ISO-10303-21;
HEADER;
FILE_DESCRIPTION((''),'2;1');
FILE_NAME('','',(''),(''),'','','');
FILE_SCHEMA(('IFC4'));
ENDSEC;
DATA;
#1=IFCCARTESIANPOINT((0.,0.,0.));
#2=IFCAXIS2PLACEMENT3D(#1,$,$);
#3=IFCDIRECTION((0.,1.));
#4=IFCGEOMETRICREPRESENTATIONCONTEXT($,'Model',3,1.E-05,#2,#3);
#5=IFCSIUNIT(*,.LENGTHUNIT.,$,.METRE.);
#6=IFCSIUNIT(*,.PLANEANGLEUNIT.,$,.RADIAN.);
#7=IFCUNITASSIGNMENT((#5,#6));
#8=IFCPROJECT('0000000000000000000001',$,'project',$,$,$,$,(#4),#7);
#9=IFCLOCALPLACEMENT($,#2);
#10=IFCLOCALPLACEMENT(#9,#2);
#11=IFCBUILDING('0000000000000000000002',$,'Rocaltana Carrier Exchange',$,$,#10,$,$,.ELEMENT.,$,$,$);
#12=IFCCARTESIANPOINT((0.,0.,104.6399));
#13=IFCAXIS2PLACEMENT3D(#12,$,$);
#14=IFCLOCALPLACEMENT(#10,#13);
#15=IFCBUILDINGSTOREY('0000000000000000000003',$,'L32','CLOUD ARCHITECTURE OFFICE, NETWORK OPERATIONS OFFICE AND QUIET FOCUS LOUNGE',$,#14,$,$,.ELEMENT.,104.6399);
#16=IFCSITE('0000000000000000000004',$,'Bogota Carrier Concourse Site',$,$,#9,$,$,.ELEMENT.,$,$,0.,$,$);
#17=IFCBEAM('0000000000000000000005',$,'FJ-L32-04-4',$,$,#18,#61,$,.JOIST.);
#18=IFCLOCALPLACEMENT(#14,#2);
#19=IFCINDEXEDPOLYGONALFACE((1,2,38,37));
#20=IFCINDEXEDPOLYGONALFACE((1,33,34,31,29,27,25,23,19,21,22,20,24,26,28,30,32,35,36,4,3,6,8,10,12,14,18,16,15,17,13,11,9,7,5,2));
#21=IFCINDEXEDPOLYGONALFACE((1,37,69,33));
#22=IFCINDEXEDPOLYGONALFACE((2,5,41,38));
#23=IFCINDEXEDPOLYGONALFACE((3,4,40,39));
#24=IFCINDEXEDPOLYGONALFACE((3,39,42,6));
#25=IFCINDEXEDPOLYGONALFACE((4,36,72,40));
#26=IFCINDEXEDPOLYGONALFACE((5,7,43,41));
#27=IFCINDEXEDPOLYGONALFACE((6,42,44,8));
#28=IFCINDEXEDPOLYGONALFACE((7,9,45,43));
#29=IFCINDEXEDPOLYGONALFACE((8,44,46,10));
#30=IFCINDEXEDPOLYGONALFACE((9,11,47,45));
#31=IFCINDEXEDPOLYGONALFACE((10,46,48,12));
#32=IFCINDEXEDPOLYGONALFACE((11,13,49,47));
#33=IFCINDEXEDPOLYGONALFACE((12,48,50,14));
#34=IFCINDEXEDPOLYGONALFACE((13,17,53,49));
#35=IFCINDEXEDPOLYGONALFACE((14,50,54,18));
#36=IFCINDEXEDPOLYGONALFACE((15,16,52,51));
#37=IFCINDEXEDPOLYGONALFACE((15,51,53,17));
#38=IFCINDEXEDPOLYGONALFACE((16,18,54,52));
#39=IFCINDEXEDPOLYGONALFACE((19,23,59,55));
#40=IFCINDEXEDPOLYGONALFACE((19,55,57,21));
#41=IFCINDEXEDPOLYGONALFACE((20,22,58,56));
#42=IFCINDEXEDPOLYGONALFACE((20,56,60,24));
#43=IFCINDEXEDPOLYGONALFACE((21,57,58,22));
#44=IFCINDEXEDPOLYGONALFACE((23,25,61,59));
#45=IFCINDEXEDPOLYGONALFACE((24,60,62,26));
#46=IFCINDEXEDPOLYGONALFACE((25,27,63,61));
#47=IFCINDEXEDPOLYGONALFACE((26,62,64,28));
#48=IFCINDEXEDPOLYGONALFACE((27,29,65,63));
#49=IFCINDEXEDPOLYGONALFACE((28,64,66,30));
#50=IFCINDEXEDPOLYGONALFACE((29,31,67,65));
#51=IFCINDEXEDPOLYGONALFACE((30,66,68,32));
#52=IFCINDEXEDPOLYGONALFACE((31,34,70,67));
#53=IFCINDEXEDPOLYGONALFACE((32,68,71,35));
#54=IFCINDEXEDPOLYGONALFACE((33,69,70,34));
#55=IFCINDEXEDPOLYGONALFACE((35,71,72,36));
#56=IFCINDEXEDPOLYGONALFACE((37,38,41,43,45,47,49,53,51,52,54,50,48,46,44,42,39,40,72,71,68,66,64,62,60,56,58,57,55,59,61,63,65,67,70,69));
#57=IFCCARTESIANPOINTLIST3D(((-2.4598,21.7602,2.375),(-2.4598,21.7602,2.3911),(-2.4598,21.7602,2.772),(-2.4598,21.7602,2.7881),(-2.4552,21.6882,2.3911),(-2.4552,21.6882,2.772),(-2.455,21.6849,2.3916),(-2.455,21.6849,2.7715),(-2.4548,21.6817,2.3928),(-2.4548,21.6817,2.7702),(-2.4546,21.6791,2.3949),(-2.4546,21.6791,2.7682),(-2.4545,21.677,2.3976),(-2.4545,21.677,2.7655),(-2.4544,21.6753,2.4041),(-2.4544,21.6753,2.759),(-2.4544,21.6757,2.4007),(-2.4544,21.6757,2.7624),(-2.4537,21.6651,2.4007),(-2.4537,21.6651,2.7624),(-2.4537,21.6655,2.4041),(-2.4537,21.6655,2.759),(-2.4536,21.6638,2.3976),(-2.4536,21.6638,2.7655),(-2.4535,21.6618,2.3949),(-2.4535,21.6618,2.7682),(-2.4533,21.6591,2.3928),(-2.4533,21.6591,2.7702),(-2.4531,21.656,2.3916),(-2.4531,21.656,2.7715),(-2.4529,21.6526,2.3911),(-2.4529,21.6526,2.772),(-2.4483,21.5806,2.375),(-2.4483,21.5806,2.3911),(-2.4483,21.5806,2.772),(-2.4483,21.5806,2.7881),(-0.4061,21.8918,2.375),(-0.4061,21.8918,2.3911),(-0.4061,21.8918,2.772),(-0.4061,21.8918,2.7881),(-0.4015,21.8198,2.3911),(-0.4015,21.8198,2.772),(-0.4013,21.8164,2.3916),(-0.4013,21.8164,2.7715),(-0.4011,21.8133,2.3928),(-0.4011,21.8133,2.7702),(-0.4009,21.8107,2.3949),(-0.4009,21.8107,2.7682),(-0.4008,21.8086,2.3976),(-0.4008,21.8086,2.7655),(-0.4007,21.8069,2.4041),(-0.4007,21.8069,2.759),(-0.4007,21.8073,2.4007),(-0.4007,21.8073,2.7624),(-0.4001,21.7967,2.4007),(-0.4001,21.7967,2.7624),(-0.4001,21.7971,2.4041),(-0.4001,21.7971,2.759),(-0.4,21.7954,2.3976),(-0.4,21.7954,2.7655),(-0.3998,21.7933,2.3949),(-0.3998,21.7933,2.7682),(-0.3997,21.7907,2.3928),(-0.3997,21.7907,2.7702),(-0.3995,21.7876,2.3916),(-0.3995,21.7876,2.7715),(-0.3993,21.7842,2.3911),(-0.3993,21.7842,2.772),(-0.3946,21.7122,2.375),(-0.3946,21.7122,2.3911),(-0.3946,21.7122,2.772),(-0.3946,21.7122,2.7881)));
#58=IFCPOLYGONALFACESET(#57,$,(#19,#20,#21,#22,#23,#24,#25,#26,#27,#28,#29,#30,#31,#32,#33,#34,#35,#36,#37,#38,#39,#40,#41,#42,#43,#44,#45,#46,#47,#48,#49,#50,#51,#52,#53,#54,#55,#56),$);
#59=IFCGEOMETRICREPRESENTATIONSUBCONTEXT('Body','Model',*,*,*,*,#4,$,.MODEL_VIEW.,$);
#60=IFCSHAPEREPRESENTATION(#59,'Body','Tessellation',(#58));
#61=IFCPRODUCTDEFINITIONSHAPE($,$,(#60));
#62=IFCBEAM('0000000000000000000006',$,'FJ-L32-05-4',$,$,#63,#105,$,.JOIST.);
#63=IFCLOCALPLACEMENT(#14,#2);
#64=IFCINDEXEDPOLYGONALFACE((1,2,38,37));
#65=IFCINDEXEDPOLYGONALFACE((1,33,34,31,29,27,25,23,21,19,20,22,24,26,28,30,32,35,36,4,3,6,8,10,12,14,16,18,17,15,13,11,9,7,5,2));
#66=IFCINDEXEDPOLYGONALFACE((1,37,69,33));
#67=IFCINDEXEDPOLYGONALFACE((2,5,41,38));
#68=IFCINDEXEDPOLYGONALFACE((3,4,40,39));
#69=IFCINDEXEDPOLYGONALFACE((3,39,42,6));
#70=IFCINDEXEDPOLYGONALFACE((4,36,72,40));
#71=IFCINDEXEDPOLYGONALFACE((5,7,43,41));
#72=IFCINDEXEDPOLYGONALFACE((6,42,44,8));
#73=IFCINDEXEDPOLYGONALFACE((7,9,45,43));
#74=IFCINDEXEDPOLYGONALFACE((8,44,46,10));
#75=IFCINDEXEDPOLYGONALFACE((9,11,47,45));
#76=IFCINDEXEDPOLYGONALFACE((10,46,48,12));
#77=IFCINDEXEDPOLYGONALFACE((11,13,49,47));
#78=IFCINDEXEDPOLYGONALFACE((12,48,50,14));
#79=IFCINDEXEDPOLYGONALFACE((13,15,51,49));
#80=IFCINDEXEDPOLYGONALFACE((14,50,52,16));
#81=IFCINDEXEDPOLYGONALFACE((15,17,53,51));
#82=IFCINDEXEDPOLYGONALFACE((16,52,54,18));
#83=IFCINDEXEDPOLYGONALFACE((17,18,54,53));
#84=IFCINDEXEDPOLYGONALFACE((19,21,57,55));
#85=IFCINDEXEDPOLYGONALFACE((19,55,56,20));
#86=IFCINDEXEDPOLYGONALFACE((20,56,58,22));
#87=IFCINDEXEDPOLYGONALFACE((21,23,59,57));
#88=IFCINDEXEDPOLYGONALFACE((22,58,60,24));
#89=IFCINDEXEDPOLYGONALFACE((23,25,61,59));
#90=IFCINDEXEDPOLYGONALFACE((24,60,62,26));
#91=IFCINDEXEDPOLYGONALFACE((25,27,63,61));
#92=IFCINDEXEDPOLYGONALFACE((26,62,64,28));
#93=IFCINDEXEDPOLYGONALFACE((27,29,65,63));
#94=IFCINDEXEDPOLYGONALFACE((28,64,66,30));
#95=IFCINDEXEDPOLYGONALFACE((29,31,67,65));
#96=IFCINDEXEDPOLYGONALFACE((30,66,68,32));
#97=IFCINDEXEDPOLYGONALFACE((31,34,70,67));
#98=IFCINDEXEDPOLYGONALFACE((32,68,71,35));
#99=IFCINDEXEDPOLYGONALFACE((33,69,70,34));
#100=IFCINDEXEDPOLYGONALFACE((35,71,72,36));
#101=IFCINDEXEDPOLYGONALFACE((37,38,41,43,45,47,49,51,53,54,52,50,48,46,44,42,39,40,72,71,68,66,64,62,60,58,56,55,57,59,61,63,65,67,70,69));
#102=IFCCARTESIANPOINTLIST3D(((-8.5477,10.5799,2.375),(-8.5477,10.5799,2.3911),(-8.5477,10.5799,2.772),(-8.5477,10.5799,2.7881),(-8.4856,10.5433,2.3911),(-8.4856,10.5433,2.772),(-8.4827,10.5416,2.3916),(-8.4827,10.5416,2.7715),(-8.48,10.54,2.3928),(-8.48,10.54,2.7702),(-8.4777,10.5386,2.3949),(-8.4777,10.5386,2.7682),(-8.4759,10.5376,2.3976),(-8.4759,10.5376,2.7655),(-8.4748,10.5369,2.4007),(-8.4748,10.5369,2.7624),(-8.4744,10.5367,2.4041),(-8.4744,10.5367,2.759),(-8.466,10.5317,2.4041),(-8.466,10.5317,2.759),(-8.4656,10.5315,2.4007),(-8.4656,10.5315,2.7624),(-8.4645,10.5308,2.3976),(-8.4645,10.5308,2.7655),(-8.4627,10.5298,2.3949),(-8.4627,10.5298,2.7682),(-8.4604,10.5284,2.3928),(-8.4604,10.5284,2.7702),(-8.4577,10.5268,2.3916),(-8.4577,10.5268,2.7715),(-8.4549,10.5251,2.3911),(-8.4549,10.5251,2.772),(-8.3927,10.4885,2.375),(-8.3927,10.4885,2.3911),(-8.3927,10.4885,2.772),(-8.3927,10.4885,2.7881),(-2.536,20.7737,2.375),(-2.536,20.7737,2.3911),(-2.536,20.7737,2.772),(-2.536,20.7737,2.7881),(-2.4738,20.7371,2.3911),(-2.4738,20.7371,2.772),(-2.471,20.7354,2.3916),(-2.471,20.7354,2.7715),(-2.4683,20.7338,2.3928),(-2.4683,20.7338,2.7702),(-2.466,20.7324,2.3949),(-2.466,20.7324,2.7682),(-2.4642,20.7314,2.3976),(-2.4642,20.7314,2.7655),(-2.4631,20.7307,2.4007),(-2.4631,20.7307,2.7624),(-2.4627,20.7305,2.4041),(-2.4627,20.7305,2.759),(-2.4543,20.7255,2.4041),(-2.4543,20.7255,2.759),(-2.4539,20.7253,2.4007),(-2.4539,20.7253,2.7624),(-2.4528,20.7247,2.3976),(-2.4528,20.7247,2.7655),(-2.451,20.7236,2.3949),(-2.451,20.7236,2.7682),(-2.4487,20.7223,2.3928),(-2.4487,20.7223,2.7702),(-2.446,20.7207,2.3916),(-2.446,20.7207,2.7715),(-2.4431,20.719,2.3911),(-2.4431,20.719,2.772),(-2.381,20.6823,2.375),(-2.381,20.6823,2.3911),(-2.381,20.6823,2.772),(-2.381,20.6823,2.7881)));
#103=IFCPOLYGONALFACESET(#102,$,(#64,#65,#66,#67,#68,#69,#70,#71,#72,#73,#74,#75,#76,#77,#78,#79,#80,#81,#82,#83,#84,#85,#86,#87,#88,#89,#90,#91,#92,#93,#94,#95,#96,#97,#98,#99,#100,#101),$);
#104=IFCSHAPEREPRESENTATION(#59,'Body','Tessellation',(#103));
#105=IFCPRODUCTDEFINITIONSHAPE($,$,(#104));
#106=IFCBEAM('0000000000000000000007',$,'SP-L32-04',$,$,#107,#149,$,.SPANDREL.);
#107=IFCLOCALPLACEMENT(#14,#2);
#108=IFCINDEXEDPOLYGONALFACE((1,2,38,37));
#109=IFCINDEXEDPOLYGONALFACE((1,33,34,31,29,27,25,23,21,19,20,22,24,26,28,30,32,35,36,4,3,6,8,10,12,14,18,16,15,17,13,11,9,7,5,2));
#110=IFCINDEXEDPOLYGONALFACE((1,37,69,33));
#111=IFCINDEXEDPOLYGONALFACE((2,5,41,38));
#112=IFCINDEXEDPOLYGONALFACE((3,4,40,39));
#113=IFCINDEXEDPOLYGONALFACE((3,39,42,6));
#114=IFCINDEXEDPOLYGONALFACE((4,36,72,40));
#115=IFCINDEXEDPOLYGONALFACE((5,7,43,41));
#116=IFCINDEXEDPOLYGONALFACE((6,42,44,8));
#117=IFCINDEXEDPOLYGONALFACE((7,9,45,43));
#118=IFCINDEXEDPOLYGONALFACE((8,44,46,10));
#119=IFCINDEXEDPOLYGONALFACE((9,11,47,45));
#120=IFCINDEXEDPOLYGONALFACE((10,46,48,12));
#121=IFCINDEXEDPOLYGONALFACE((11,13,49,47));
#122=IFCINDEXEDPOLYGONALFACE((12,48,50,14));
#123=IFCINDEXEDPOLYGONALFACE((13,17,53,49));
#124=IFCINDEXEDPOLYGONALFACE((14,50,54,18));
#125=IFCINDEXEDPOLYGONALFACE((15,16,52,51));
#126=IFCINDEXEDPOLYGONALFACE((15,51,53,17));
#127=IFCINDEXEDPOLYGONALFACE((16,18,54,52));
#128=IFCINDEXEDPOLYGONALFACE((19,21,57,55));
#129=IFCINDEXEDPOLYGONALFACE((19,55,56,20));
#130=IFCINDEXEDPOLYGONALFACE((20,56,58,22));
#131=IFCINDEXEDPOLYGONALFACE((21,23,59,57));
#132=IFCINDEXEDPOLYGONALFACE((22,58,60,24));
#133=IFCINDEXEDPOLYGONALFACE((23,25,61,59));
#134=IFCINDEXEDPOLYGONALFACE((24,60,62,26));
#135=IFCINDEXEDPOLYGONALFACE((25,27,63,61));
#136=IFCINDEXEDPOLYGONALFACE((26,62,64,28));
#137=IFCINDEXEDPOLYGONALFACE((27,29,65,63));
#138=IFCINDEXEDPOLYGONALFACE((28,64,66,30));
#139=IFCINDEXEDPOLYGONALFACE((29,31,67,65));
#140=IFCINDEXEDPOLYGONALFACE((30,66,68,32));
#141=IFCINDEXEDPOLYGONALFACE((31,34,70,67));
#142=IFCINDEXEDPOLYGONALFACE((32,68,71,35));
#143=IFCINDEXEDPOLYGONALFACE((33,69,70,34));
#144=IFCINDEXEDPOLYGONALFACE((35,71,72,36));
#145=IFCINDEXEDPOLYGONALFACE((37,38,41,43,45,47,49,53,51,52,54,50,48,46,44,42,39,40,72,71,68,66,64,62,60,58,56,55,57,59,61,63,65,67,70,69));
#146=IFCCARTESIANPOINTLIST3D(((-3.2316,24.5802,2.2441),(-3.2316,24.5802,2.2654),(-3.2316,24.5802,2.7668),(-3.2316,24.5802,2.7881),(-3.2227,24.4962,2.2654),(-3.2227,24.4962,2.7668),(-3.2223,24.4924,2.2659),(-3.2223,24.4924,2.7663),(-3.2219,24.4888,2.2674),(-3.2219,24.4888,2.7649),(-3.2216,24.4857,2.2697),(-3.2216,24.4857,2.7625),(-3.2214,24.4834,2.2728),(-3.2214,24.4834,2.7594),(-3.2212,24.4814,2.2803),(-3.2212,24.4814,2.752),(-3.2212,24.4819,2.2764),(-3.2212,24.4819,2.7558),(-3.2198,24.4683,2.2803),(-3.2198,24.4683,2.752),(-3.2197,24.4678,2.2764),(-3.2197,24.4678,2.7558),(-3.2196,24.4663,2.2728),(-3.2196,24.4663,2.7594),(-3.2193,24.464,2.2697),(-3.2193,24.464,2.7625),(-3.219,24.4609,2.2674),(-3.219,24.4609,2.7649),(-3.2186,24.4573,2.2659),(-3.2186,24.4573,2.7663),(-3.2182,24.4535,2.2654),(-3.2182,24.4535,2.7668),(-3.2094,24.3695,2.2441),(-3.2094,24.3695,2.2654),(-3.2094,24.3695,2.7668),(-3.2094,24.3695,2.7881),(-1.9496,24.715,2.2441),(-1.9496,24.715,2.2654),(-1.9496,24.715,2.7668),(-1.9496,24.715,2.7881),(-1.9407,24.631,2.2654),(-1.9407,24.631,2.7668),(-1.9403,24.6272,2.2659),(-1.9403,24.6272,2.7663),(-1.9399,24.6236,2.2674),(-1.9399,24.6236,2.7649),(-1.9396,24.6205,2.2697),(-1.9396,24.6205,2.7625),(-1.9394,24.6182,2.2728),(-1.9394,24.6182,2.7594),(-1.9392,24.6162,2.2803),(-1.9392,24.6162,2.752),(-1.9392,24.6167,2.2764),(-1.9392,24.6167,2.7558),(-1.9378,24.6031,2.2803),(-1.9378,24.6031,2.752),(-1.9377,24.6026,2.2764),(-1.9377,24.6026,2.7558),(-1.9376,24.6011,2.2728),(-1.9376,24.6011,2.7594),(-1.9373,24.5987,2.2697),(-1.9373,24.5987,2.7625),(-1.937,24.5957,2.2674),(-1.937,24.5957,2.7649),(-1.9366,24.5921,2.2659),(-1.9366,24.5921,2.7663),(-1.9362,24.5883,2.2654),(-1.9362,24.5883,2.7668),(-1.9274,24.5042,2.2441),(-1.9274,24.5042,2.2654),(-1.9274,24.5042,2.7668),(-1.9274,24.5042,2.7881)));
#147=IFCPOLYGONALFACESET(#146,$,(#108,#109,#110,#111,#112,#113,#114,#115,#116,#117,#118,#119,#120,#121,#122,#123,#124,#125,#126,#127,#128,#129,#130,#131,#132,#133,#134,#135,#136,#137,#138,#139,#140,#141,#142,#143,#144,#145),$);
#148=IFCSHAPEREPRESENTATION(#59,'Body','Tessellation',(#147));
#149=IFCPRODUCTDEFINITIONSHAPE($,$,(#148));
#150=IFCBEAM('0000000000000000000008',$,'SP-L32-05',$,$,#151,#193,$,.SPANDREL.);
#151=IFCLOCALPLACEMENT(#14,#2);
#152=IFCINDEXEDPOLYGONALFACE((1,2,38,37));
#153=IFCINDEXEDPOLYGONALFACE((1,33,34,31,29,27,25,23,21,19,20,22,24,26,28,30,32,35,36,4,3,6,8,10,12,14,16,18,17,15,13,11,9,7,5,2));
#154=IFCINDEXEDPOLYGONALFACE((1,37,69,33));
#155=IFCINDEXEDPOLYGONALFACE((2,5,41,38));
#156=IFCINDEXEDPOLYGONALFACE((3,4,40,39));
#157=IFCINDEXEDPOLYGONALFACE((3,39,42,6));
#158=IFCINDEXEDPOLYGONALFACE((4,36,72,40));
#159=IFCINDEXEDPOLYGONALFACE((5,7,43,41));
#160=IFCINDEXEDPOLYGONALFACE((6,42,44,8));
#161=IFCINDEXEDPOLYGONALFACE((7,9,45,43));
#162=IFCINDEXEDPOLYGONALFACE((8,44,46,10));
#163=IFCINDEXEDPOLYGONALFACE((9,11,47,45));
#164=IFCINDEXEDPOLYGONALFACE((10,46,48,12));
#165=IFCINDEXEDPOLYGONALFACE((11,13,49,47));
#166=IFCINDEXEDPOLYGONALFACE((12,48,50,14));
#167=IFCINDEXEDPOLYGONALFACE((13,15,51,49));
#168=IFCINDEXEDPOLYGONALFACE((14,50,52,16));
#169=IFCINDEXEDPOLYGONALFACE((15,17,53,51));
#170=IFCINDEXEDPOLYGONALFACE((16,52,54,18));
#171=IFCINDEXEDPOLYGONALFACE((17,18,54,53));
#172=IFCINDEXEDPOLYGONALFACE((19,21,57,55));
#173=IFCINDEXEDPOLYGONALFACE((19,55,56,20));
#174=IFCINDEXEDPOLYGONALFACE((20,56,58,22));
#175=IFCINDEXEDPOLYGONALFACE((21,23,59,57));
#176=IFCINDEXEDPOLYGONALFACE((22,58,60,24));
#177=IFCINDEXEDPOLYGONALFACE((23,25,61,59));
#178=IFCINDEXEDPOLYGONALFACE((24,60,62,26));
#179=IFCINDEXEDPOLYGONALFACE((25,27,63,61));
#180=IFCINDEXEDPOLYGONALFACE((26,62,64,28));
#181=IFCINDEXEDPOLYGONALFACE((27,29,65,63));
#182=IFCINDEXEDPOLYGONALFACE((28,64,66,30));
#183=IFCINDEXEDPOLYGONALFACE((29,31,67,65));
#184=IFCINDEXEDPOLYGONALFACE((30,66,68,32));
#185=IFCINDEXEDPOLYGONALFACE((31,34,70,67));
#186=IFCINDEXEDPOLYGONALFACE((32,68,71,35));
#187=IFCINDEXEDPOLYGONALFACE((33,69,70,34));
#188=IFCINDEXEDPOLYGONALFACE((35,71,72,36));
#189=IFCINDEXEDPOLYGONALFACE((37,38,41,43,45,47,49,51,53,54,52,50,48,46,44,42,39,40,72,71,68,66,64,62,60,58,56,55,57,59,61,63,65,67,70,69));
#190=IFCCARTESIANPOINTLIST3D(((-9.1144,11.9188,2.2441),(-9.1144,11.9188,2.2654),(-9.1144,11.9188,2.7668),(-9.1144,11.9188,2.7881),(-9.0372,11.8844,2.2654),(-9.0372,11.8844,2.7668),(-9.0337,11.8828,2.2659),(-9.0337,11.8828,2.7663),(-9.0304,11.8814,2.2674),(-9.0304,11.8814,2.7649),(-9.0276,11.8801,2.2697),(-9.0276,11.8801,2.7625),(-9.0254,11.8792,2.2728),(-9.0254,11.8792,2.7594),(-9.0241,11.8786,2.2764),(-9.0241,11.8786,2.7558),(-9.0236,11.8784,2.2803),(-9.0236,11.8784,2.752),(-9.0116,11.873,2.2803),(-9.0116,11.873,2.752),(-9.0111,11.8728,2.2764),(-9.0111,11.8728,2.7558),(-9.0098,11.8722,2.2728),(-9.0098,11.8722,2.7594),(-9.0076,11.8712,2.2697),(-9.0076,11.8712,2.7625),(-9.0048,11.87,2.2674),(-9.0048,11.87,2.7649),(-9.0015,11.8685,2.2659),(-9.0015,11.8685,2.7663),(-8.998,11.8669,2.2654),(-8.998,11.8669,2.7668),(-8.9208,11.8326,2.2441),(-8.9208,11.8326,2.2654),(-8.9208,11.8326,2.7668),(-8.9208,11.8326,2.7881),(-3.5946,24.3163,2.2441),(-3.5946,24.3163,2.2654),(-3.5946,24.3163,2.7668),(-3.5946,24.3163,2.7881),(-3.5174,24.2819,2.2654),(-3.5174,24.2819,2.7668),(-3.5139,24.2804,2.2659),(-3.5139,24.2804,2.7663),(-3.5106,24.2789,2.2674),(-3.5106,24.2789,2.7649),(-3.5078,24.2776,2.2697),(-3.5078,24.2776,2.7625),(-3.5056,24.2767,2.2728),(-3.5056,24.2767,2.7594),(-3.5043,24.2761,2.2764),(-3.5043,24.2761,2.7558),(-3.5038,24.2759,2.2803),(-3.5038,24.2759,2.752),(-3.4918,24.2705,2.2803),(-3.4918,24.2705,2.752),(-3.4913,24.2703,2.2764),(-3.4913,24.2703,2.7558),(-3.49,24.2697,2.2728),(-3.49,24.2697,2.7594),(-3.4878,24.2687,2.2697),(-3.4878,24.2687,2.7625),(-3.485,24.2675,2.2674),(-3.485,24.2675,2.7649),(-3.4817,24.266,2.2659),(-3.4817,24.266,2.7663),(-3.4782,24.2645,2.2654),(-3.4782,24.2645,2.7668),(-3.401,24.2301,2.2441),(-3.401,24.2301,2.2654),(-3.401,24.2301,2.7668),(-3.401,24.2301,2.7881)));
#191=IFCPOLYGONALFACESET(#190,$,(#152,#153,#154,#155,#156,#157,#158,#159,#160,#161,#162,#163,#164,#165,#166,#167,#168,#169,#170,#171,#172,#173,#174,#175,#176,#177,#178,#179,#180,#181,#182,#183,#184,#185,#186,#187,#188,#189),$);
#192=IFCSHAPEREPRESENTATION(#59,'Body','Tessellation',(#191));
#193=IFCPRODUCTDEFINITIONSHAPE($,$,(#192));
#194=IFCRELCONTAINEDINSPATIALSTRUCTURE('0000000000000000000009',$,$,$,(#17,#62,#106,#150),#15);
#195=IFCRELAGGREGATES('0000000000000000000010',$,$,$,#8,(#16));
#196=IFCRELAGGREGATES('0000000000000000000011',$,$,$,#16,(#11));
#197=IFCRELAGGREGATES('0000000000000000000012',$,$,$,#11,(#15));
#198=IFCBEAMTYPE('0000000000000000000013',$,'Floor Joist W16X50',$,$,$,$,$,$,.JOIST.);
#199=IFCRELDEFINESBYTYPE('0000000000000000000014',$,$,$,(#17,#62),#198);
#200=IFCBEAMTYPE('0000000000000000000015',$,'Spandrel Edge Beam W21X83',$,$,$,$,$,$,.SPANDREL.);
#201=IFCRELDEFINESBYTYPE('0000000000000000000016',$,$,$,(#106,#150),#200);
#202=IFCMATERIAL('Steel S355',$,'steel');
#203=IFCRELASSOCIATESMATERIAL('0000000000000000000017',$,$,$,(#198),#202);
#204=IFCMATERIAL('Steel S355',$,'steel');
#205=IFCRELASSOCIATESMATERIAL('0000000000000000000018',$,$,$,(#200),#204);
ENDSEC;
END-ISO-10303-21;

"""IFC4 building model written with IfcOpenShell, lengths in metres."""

from ifc_helpers import new_model, si_unit, direction, frame, origin, origin_2d, place, context, subcontext, project, spatial, i_section, extrude, material, material_profile, profile_set, type_object, element, save


model = new_model("IFC4")

# Units and contexts
model_context = context("Model", 3, precision=1e-05, world=origin(), true_north=direction((0.0, 1.0)))
body_context = subcontext(model_context, "Body", "Model", "MODEL_VIEW")
ifc_project = project(units=[si_unit("LENGTHUNIT", "METRE"), si_unit("PLANEANGLEUNIT", "RADIAN")], contexts=[model_context])

# Site, building, storey
site_placement = place(None, origin())
site = spatial("IfcSite", under=ifc_project, at=site_placement, Name="Bogota Carrier Concourse Site", CompositionType="ELEMENT", RefElevation=0.0)
building_placement = place(site_placement, origin())
building = spatial("IfcBuilding", under=site, at=building_placement, Name="Rocaltana Carrier Exchange", CompositionType="ELEMENT")
storey_placement = place(building_placement, frame((0.0, 0.0, 104.6399)))
storey = spatial("IfcBuildingStorey", under=building, at=storey_placement, Name="L32", Description="CLOUD ARCHITECTURE OFFICE, NETWORK OPERATIONS OFFICE AND QUIET FOCUS LOUNGE", CompositionType="ELEMENT", Elevation=104.6399)

# Beams
ifc_material_1 = material(Name="Steel S355", Category="steel")
ifc_material_profile_1 = material_profile(ifc_material_1, i_section(OverallWidth=0.1799, OverallDepth=0.4131, WebThickness=0.0098, FlangeThickness=0.0161, FilletRadius=0.0129, at=origin_2d()), Name="W16X50")
ifc_profile_set_1 = profile_set([ifc_material_profile_1], Name="Steel S355")
beam_type_1 = type_object("IfcBeamType", Name="Floor Joist W16X50", PredefinedType="JOIST", material=ifc_profile_set_1)
beam_1_placement = place(storey_placement, frame((-0.4004, 21.802, 2.5815), z_axis=(-0.997953, -0.063944, 0.0), x_axis=(0.063944, -0.997953, 0.0)))
element("IfcBeam", 1, at=beam_1_placement, inside=storey, type_object=beam_type_1, Name="FJ-L32-04-4", PredefinedType="JOIST", context=body_context, shape_type="SweptSolid", body=[
    extrude(i_section(OverallWidth=0.1799, OverallDepth=0.4131, WebThickness=0.0098, FlangeThickness=0.0161, FilletRadius=0.0129, at=origin_2d()), origin(), (0.0, 0.0, 1.0), 2.0579),
])
beam_2_placement = place(storey_placement, frame((-2.4585, 20.728, 2.5815), z_axis=(-0.507983, -0.861367, 0.0), x_axis=(0.861367, -0.507983, 0.0)))
element("IfcBeam", 2, at=beam_2_placement, inside=storey, type_object=beam_type_1, Name="FJ-L32-05-4", PredefinedType="JOIST", context=body_context, shape_type="SweptSolid", body=[
    extrude(i_section(OverallWidth=0.1799, OverallDepth=0.4131, WebThickness=0.0098, FlangeThickness=0.0161, FilletRadius=0.0129, at=origin_2d()), origin(), (0.0, 0.0, 1.0), 11.8345),
])
ifc_material_2 = material(Name="Steel S355", Category="steel")
ifc_material_profile_2 = material_profile(ifc_material_2, i_section(OverallWidth=0.2119, OverallDepth=0.5439, WebThickness=0.0132, FlangeThickness=0.0212, FilletRadius=0.0149, at=origin_2d()), Name="W21X83")
ifc_profile_set_2 = profile_set([ifc_material_profile_2], Name="Steel S355")
beam_type_2 = type_object("IfcBeamType", Name="Spandrel Edge Beam W21X83", PredefinedType="SPANDREL", material=ifc_profile_set_2)
beam_3_placement = place(storey_placement, frame((-1.9385, 24.6096, 2.5161), z_axis=(-0.99452, -0.104547, 0.0), x_axis=(0.104547, -0.99452, 0.0)))
element("IfcBeam", 3, at=beam_3_placement, inside=storey, type_object=beam_type_2, Name="SP-L32-04", PredefinedType="SPANDREL", context=body_context, shape_type="SweptSolid", body=[
    extrude(i_section(OverallWidth=0.2119, OverallDepth=0.5439, WebThickness=0.0132, FlangeThickness=0.0212, FilletRadius=0.0149, at=origin_2d()), origin(), (0.0, 0.0, 1.0), 1.2891),
])
beam_4_placement = place(storey_placement, frame((-3.4978, 24.2732, 2.5161), z_axis=(-0.406741, -0.913544, 0.0), x_axis=(0.913544, -0.406741, 0.0)))
element("IfcBeam", 4, at=beam_4_placement, inside=storey, type_object=beam_type_2, Name="SP-L32-05", PredefinedType="SPANDREL", context=body_context, shape_type="SweptSolid", body=[
    extrude(i_section(OverallWidth=0.2119, OverallDepth=0.5439, WebThickness=0.0132, FlangeThickness=0.0212, FilletRadius=0.0149, at=origin_2d()), origin(), (0.0, 0.0, 1.0), 13.5708),
])

save(model, "model.ifc")
